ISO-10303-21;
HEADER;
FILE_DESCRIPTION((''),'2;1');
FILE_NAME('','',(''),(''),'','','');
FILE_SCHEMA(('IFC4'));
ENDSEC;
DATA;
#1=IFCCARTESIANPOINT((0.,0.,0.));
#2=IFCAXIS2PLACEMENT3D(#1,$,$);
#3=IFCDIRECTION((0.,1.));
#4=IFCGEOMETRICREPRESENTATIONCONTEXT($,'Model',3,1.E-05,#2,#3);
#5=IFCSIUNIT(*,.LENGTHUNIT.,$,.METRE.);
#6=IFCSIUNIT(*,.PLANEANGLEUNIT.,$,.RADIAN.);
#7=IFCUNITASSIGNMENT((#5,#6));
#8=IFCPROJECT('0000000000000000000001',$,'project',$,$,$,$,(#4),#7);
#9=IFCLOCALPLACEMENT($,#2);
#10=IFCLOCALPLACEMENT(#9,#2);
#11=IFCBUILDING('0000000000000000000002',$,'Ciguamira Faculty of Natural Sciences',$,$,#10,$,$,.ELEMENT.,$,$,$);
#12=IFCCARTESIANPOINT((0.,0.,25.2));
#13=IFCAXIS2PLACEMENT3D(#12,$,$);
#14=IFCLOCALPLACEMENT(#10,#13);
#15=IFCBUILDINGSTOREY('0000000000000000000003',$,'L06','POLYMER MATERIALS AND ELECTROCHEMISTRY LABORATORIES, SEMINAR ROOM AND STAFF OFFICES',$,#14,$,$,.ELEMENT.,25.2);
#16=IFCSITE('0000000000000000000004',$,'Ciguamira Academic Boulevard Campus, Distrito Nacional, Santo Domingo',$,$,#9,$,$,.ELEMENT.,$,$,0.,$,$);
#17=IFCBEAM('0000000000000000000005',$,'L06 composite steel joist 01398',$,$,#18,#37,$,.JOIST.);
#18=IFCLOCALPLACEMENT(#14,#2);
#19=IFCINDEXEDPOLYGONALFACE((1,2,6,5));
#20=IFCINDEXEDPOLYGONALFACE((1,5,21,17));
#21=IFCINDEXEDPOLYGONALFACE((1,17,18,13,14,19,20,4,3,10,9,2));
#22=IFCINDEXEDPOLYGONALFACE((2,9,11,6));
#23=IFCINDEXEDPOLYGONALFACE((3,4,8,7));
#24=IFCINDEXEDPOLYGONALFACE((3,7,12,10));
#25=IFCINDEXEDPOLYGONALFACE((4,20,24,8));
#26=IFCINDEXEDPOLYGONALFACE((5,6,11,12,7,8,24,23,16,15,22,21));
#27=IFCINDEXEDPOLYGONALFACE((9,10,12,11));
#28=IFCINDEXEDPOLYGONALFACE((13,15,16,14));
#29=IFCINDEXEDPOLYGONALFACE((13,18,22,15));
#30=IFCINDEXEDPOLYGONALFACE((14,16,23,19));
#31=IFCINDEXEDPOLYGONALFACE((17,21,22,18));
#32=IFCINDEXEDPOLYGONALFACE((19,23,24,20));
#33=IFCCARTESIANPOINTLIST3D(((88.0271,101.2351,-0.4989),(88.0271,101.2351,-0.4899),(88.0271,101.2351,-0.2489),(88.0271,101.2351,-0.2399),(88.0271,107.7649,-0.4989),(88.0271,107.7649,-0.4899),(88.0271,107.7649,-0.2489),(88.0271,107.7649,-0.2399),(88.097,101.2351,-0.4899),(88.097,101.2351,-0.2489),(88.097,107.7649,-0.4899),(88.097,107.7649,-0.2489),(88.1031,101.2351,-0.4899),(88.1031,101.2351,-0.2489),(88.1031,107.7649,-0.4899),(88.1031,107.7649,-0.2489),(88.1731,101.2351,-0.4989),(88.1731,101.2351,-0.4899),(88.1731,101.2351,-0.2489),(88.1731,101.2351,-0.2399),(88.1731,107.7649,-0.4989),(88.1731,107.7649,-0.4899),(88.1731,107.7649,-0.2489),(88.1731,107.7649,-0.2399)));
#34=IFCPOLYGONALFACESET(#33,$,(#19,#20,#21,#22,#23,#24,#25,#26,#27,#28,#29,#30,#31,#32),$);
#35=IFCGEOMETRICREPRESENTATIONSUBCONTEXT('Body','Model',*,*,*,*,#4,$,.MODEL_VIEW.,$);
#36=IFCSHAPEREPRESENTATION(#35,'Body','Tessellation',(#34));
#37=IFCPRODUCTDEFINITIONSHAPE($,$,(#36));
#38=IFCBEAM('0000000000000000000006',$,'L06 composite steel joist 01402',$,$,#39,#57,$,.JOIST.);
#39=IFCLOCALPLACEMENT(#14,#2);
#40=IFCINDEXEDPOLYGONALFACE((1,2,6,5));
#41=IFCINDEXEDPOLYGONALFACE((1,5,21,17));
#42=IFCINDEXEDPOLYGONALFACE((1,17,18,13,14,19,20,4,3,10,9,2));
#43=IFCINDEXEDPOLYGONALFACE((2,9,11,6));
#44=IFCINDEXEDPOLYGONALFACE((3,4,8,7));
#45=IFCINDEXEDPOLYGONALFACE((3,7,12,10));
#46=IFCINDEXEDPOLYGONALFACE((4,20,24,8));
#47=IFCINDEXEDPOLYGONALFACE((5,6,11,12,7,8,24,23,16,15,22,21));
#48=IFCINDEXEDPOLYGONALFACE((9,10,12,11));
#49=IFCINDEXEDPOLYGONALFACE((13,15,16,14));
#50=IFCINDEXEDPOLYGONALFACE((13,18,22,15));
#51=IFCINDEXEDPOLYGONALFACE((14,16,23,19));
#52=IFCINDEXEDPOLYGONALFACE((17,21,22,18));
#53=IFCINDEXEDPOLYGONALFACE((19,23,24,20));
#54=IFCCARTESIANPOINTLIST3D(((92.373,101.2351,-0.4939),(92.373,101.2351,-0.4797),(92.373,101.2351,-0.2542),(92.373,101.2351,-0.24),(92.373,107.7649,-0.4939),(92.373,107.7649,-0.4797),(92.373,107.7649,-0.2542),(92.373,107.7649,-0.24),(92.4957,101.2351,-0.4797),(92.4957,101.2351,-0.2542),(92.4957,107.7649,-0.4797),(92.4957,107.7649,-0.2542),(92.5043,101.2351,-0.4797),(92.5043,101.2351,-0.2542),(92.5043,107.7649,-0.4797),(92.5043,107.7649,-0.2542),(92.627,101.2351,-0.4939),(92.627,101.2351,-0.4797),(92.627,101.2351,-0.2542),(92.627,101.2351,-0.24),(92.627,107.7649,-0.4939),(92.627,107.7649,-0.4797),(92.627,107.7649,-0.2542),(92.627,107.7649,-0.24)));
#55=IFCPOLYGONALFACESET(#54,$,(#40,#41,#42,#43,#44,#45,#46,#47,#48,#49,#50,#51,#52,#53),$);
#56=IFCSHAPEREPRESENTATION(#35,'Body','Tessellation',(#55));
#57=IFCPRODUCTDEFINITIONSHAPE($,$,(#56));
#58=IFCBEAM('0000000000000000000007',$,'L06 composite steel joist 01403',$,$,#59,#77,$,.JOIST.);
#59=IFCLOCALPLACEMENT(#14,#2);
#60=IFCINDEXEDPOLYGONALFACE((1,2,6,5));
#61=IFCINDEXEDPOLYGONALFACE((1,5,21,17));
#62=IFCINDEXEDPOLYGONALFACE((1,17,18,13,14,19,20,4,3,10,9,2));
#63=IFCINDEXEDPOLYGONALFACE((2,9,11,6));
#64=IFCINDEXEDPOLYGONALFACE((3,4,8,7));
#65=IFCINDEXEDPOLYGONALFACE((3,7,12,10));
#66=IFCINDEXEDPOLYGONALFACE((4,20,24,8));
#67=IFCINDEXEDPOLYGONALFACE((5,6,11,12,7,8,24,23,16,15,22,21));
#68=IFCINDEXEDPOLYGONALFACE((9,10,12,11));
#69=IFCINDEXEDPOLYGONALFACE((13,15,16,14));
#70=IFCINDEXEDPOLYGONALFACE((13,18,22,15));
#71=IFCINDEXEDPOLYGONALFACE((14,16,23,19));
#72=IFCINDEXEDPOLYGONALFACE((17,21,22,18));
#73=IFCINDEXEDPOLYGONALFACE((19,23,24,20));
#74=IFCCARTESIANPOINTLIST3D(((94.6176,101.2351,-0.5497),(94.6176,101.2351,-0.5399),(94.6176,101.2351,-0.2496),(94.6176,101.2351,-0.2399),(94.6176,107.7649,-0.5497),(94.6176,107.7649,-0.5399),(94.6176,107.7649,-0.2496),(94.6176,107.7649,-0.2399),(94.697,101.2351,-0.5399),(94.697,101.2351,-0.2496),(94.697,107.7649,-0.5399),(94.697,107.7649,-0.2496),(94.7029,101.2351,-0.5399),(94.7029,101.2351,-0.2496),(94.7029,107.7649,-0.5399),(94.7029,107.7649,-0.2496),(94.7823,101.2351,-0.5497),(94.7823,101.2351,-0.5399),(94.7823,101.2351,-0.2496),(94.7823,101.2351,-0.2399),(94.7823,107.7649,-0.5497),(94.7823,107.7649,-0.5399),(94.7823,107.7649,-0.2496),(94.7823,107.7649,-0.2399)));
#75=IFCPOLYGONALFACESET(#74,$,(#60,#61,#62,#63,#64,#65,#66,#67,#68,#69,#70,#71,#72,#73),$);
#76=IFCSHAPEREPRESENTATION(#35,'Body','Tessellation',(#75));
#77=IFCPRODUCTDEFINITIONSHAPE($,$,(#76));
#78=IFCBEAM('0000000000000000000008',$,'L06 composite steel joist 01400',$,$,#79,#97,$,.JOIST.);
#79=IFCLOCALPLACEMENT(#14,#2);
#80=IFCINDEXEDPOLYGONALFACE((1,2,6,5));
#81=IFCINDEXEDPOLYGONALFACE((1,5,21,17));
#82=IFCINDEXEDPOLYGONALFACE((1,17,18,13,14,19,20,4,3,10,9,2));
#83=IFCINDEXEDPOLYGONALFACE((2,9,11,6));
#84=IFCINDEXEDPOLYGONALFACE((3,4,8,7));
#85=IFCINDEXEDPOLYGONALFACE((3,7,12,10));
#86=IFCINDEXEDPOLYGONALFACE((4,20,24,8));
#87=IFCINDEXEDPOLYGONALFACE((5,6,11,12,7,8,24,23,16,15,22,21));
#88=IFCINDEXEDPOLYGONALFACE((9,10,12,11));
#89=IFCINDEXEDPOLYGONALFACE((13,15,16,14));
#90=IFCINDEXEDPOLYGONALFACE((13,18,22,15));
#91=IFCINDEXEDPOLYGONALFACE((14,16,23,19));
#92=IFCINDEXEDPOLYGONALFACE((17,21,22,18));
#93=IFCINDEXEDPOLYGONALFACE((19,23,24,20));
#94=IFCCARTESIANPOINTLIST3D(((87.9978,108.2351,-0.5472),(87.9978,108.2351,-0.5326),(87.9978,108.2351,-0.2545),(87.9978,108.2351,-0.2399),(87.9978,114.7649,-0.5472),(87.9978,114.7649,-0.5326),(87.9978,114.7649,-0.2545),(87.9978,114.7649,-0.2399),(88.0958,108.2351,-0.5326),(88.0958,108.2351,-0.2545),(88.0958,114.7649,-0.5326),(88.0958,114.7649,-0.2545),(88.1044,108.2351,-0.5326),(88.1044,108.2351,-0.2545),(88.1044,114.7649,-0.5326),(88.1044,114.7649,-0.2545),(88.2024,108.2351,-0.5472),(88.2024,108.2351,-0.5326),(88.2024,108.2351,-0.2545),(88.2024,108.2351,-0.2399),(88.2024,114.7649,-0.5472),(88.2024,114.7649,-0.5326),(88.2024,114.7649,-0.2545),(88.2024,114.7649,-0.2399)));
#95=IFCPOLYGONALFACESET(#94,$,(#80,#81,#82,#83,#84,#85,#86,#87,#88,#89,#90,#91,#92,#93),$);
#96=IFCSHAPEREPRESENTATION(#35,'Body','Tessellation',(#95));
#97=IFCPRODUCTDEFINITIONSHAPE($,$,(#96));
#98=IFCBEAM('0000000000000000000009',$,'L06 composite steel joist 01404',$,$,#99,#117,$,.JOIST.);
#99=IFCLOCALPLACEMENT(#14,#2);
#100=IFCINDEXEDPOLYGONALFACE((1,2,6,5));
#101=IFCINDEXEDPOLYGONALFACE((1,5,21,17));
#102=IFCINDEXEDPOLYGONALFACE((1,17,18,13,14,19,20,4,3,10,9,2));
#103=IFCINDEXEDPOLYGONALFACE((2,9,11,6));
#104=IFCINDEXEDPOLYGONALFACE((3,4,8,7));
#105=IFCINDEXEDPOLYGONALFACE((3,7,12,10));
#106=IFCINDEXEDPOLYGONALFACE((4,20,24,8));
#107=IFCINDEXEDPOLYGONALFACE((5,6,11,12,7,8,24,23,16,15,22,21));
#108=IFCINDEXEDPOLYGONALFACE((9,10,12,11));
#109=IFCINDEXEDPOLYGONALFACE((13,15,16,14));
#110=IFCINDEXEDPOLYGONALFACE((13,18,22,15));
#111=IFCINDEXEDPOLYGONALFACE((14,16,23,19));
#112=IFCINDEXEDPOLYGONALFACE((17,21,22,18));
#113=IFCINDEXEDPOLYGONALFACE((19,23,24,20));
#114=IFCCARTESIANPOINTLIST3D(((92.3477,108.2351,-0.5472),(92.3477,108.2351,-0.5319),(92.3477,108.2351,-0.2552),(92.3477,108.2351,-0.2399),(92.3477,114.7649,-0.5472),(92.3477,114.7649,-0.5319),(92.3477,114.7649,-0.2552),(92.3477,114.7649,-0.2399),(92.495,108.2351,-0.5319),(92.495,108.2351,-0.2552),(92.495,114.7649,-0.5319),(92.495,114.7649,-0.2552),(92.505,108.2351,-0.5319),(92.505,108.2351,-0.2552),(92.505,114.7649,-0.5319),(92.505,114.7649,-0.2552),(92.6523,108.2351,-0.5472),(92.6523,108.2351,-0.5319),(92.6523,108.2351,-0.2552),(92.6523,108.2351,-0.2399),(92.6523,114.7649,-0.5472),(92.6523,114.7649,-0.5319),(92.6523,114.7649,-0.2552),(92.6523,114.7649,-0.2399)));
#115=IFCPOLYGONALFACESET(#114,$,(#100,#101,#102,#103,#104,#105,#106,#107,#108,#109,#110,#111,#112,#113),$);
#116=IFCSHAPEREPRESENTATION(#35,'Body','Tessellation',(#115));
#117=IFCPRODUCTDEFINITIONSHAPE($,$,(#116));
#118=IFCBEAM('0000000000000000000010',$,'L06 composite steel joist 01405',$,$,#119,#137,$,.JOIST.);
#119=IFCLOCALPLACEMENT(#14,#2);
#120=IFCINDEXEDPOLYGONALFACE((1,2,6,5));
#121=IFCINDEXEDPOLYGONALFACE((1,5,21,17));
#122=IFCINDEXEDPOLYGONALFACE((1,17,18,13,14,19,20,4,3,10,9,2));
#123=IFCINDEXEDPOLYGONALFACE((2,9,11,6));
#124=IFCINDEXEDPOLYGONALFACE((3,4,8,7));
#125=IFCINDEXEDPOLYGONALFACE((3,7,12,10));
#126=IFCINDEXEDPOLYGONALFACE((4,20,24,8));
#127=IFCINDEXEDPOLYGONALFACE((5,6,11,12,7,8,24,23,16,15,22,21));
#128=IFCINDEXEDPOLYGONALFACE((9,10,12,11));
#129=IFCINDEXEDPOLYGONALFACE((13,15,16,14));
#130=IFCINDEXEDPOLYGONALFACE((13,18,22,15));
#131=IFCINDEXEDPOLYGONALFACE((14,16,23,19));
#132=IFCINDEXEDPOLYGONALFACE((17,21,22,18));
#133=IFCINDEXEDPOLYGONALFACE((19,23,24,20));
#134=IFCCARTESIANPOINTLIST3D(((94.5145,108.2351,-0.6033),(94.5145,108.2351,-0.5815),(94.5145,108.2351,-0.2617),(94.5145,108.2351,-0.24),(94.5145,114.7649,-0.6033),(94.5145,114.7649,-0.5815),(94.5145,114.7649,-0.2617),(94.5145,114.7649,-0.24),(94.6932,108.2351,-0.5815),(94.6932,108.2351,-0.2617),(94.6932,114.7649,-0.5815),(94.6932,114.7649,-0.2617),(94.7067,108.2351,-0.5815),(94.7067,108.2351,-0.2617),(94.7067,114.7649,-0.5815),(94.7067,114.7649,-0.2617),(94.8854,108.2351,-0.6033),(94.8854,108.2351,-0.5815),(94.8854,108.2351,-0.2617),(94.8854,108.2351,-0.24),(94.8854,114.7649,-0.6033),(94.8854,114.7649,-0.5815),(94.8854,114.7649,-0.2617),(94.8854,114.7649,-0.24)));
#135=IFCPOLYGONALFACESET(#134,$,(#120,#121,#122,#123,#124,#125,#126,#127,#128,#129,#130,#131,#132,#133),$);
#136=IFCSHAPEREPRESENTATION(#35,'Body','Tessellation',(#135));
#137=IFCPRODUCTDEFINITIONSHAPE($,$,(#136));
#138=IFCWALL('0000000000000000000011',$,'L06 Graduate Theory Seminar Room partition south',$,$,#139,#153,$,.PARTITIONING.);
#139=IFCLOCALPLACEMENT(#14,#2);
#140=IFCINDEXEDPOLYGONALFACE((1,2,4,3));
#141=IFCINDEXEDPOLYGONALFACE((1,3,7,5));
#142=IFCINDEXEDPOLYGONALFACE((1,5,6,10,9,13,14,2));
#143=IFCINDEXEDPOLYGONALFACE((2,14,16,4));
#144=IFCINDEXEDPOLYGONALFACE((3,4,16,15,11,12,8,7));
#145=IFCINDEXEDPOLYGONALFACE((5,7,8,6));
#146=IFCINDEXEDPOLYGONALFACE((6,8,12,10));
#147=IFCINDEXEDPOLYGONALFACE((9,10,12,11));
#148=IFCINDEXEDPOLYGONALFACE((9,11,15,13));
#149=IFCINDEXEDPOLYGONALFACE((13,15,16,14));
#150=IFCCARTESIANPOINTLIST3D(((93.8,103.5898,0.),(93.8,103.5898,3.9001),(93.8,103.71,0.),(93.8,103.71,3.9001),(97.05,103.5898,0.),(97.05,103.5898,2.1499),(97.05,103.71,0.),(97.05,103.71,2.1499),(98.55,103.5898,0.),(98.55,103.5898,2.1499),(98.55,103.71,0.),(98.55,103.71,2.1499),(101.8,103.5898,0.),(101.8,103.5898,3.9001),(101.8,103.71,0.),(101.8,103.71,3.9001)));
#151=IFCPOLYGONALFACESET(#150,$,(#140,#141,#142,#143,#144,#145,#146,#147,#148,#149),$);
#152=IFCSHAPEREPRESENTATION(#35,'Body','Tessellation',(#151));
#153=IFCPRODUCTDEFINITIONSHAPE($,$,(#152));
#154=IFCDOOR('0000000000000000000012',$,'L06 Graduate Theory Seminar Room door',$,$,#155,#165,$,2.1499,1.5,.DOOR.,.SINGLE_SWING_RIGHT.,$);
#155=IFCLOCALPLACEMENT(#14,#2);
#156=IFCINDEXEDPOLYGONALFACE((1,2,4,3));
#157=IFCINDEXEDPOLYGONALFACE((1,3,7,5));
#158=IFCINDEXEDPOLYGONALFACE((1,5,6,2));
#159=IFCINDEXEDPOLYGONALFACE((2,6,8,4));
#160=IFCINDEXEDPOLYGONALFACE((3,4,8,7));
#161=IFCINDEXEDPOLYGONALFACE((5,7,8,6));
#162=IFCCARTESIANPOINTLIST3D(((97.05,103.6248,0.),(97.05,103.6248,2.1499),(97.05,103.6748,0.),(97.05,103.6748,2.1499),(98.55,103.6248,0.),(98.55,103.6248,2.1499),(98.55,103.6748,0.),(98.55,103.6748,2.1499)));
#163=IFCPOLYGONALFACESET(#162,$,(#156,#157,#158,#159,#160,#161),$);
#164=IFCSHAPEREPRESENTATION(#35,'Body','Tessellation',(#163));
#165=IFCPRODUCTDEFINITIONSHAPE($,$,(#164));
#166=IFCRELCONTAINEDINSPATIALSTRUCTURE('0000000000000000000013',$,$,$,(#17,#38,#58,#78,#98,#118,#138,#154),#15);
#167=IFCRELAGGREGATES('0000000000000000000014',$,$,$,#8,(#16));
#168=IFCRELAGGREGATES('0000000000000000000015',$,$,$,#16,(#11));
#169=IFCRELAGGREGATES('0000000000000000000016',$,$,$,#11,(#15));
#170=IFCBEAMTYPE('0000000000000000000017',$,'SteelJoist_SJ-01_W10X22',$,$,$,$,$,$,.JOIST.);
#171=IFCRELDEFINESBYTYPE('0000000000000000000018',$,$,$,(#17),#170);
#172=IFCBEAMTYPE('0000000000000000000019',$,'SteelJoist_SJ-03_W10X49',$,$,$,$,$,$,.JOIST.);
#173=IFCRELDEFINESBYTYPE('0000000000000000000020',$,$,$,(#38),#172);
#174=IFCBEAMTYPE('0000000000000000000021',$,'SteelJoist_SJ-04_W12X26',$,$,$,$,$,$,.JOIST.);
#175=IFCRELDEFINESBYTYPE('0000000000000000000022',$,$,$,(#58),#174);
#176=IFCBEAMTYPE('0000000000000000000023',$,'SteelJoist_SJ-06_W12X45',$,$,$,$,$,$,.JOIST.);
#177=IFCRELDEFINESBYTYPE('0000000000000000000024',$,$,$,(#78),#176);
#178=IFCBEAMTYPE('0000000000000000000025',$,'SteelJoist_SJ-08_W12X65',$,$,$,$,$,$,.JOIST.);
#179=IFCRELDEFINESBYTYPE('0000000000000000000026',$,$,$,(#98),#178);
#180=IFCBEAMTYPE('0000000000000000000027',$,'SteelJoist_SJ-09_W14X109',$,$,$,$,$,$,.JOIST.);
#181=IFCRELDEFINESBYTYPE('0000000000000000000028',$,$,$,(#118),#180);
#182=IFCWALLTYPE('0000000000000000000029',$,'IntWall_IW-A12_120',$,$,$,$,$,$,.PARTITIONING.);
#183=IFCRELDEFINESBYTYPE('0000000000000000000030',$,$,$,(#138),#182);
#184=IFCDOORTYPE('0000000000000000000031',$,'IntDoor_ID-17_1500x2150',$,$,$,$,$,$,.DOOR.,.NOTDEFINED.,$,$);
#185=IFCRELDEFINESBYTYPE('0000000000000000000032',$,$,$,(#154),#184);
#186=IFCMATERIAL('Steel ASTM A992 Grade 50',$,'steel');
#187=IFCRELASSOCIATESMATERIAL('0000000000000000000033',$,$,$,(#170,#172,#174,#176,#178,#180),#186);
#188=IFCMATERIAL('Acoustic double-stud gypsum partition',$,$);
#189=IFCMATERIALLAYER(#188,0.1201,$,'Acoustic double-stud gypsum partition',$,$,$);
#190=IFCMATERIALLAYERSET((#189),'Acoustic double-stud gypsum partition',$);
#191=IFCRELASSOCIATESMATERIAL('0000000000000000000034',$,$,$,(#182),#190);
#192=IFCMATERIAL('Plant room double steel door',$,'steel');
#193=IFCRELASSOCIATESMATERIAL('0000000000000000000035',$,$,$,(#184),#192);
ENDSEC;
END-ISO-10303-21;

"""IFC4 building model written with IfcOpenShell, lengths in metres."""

from ifc_helpers import new_model, si_unit, direction, frame, frame_2d, origin, origin_2d, place, context, subcontext, project, spatial, rectangle, i_section, extrude, material, layer, layer_set, material_profile, profile_set, type_object, element, fill, save


model = new_model("IFC4")

# Units and contexts
model_context = context("Model", 3, precision=1e-05, world=origin(), true_north=direction((0.0, 1.0)))
body_context = subcontext(model_context, "Body", "Model", "MODEL_VIEW")
ifc_project = project(units=[si_unit("LENGTHUNIT", "METRE"), si_unit("PLANEANGLEUNIT", "RADIAN")], contexts=[model_context])

# Site, building, storey
site_placement = place(None, origin())
site = spatial("IfcSite", under=ifc_project, at=site_placement, Name="Ciguamira Academic Boulevard Campus, Distrito Nacional, Santo Domingo", CompositionType="ELEMENT", RefElevation=0.0)
building_placement = place(site_placement, origin())
building = spatial("IfcBuilding", under=site, at=building_placement, Name="Ciguamira Faculty of Natural Sciences", CompositionType="ELEMENT")
storey_placement = place(building_placement, frame((0.0, 0.0, 25.2)))
storey = spatial("IfcBuildingStorey", under=building, at=storey_placement, Name="L06", Description="POLYMER MATERIALS AND ELECTROCHEMISTRY LABORATORIES, SEMINAR ROOM AND STAFF OFFICES", CompositionType="ELEMENT", Elevation=25.2)

# Beams
ifc_material_1 = material(Name="Steel ASTM A992 Grade 50", Category="steel")
ifc_material_profile_1 = material_profile(ifc_material_1, i_section(OverallWidth=0.146, OverallDepth=0.259, WebThickness=0.0061, FlangeThickness=0.009, at=origin_2d()), Name="W10X22")
ifc_profile_set_1 = profile_set([ifc_material_profile_1], Name="Steel ASTM A992 Grade 50")
beam_type_1 = type_object("IfcBeamType", Name="SteelJoist_SJ-01_W10X22", PredefinedType="JOIST", material=ifc_profile_set_1)
beam_1_placement = place(storey_placement, frame((88.1001, 101.2351, -0.3694), z_axis=(0.0, 1.0, 0.0), x_axis=(-1.0, 0.0, 0.0)))
element("IfcBeam", 1, at=beam_1_placement, inside=storey, type_object=beam_type_1, Name="L06 composite steel joist 01398", PredefinedType="JOIST", context=body_context, shape_type="SweptSolid", body=[
    extrude(i_section(OverallWidth=0.146, OverallDepth=0.259, WebThickness=0.0061, FlangeThickness=0.009, at=origin_2d()), origin(), (0.0, 0.0, 1.0), 6.5298),
])
ifc_material_profile_2 = material_profile(ifc_material_1, i_section(OverallWidth=0.2539, OverallDepth=0.2539, WebThickness=0.0085, FlangeThickness=0.0142, at=origin_2d()), Name="W10X49")
ifc_profile_set_2 = profile_set([ifc_material_profile_2], Name="Steel ASTM A992 Grade 50")
beam_type_2 = type_object("IfcBeamType", Name="SteelJoist_SJ-03_W10X49", PredefinedType="JOIST", material=ifc_profile_set_2)
beam_2_placement = place(storey_placement, frame((92.5, 101.2351, -0.3669), z_axis=(0.0, 1.0, 0.0), x_axis=(-1.0, 0.0, 0.0)))
element("IfcBeam", 2, at=beam_2_placement, inside=storey, type_object=beam_type_2, Name="L06 composite steel joist 01402", PredefinedType="JOIST", context=body_context, shape_type="SweptSolid", body=[
    extrude(i_section(OverallWidth=0.2539, OverallDepth=0.2539, WebThickness=0.0085, FlangeThickness=0.0142, at=origin_2d()), origin(), (0.0, 0.0, 1.0), 6.5298),
])
ifc_material_profile_3 = material_profile(ifc_material_1, i_section(OverallWidth=0.1648, OverallDepth=0.3098, WebThickness=0.0059, FlangeThickness=0.0098, at=origin_2d()), Name="W12X26")
ifc_profile_set_3 = profile_set([ifc_material_profile_3], Name="Steel ASTM A992 Grade 50")
beam_type_3 = type_object("IfcBeamType", Name="SteelJoist_SJ-04_W12X26", PredefinedType="JOIST", material=ifc_profile_set_3)
beam_3_placement = place(storey_placement, frame((94.7, 101.2351, -0.3948), z_axis=(0.0, 1.0, 0.0), x_axis=(-1.0, 0.0, 0.0)))
element("IfcBeam", 3, at=beam_3_placement, inside=storey, type_object=beam_type_3, Name="L06 composite steel joist 01403", PredefinedType="JOIST", context=body_context, shape_type="SweptSolid", body=[
    extrude(i_section(OverallWidth=0.1648, OverallDepth=0.3098, WebThickness=0.0059, FlangeThickness=0.0098, at=origin_2d()), origin(), (0.0, 0.0, 1.0), 6.5298),
])
ifc_material_profile_4 = material_profile(ifc_material_1, i_section(OverallWidth=0.2046, OverallDepth=0.3074, WebThickness=0.0085, FlangeThickness=0.0146, at=origin_2d()), Name="W12X45")
ifc_profile_set_4 = profile_set([ifc_material_profile_4], Name="Steel ASTM A992 Grade 50")
beam_type_4 = type_object("IfcBeamType", Name="SteelJoist_SJ-06_W12X45", PredefinedType="JOIST", material=ifc_profile_set_4)
beam_4_placement = place(storey_placement, frame((88.1001, 108.2351, -0.3936), z_axis=(0.0, 1.0, 0.0), x_axis=(-1.0, 0.0, 0.0)))
element("IfcBeam", 4, at=beam_4_placement, inside=storey, type_object=beam_type_4, Name="L06 composite steel joist 01400", PredefinedType="JOIST", context=body_context, shape_type="SweptSolid", body=[
    extrude(i_section(OverallWidth=0.2046, OverallDepth=0.3074, WebThickness=0.0085, FlangeThickness=0.0146, at=origin_2d()), origin(), (0.0, 0.0, 1.0), 6.5298),
])
ifc_material_profile_5 = material_profile(ifc_material_1, i_section(OverallWidth=0.3047, OverallDepth=0.3074, WebThickness=0.01, FlangeThickness=0.0154, at=origin_2d()), Name="W12X65")
ifc_profile_set_5 = profile_set([ifc_material_profile_5], Name="Steel ASTM A992 Grade 50")
beam_type_5 = type_object("IfcBeamType", Name="SteelJoist_SJ-08_W12X65", PredefinedType="JOIST", material=ifc_profile_set_5)
beam_5_placement = place(storey_placement, frame((92.5, 108.2351, -0.3936), z_axis=(0.0, 1.0, 0.0), x_axis=(-1.0, 0.0, 0.0)))
element("IfcBeam", 5, at=beam_5_placement, inside=storey, type_object=beam_type_5, Name="L06 composite steel joist 01404", PredefinedType="JOIST", context=body_context, shape_type="SweptSolid", body=[
    extrude(i_section(OverallWidth=0.3047, OverallDepth=0.3074, WebThickness=0.01, FlangeThickness=0.0154, at=origin_2d()), origin(), (0.0, 0.0, 1.0), 6.5298),
])
ifc_material_profile_6 = material_profile(ifc_material_1, i_section(OverallWidth=0.3708, OverallDepth=0.3633, WebThickness=0.0134, FlangeThickness=0.0217, at=origin_2d()), Name="W14X109")
ifc_profile_set_6 = profile_set([ifc_material_profile_6], Name="Steel ASTM A992 Grade 50")
beam_type_6 = type_object("IfcBeamType", Name="SteelJoist_SJ-09_W14X109", PredefinedType="JOIST", material=ifc_profile_set_6)
beam_6_placement = place(storey_placement, frame((94.7, 108.2351, -0.4216), z_axis=(0.0, 1.0, 0.0), x_axis=(-1.0, 0.0, 0.0)))
element("IfcBeam", 6, at=beam_6_placement, inside=storey, type_object=beam_type_6, Name="L06 composite steel joist 01405", PredefinedType="JOIST", context=body_context, shape_type="SweptSolid", body=[
    extrude(i_section(OverallWidth=0.3708, OverallDepth=0.3633, WebThickness=0.0134, FlangeThickness=0.0217, at=origin_2d()), origin(), (0.0, 0.0, 1.0), 6.5298),
])

# Wall, opening, door
ifc_material_2 = material(Name="Acoustic double-stud gypsum partition")
ifc_layer_1 = layer(ifc_material_2, 0.1201, Name="Acoustic double-stud gypsum partition")
ifc_layer_set_1 = layer_set([ifc_layer_1], Name="Acoustic double-stud gypsum partition")
wall_type_1 = type_object("IfcWallType", Name="IntWall_IW-A12_120", PredefinedType="PARTITIONING", material=ifc_layer_set_1)
wall_1_placement = place(storey_placement, frame((93.8, 103.6499, 0.0), z_axis=(0.0, 0.0, 1.0), x_axis=(1.0, 0.0, 0.0)))
wall_1 = element("IfcWall", 7, at=wall_1_placement, inside=storey, type_object=wall_type_1, Name="L06 Graduate Theory Seminar Room partition south", PredefinedType="PARTITIONING", context=body_context, shape_type="SweptSolid", body=[
    extrude(rectangle(XDim=8.0, YDim=0.1201, at=frame_2d((4.0, 0.0))), origin(), (0.0, 0.0, 1.0), 3.9001),
])
opening_1_placement = place(wall_1_placement, frame((3.25, 0.0, 0.0)))
opening_1 = element("IfcOpeningElement", 8, at=opening_1_placement, cuts=wall_1, PredefinedType="OPENING", context=body_context, shape_type="SweptSolid", body=[
    extrude(rectangle(XDim=1.5, YDim=2.1499, at=frame_2d((0.75, 1.075))), frame((0.0, 0.0701, 0.0), z_axis=(0.0, -1.0, 0.0), x_axis=(1.0, 0.0, 0.0)), (0.0, 0.0, 1.0), 0.1401),
])
ifc_material_3 = material(Name="Plant room double steel door", Category="steel")
door_type_1 = type_object("IfcDoorType", Name="IntDoor_ID-17_1500x2150", OperationType="NOTDEFINED", PredefinedType="DOOR", material=ifc_material_3)
door_1_placement = place(opening_1_placement, origin())
door_1 = element("IfcDoor", 9, at=door_1_placement, inside=storey, type_object=door_type_1, Name="L06 Graduate Theory Seminar Room door", OperationType="SINGLE_SWING_RIGHT", OverallHeight=2.1499, OverallWidth=1.5, PredefinedType="DOOR", context=body_context, shape_type="SweptSolid", body=[
    extrude(rectangle(XDim=1.5, YDim=2.1499, at=frame_2d((0.75, 1.075))), frame((0.0, 0.0249, 0.0), z_axis=(0.0, -1.0, 0.0), x_axis=(1.0, 0.0, 0.0)), (0.0, 0.0, 1.0), 0.05),
])
fill(opening_1, door_1)

save(model, "model.ifc")
